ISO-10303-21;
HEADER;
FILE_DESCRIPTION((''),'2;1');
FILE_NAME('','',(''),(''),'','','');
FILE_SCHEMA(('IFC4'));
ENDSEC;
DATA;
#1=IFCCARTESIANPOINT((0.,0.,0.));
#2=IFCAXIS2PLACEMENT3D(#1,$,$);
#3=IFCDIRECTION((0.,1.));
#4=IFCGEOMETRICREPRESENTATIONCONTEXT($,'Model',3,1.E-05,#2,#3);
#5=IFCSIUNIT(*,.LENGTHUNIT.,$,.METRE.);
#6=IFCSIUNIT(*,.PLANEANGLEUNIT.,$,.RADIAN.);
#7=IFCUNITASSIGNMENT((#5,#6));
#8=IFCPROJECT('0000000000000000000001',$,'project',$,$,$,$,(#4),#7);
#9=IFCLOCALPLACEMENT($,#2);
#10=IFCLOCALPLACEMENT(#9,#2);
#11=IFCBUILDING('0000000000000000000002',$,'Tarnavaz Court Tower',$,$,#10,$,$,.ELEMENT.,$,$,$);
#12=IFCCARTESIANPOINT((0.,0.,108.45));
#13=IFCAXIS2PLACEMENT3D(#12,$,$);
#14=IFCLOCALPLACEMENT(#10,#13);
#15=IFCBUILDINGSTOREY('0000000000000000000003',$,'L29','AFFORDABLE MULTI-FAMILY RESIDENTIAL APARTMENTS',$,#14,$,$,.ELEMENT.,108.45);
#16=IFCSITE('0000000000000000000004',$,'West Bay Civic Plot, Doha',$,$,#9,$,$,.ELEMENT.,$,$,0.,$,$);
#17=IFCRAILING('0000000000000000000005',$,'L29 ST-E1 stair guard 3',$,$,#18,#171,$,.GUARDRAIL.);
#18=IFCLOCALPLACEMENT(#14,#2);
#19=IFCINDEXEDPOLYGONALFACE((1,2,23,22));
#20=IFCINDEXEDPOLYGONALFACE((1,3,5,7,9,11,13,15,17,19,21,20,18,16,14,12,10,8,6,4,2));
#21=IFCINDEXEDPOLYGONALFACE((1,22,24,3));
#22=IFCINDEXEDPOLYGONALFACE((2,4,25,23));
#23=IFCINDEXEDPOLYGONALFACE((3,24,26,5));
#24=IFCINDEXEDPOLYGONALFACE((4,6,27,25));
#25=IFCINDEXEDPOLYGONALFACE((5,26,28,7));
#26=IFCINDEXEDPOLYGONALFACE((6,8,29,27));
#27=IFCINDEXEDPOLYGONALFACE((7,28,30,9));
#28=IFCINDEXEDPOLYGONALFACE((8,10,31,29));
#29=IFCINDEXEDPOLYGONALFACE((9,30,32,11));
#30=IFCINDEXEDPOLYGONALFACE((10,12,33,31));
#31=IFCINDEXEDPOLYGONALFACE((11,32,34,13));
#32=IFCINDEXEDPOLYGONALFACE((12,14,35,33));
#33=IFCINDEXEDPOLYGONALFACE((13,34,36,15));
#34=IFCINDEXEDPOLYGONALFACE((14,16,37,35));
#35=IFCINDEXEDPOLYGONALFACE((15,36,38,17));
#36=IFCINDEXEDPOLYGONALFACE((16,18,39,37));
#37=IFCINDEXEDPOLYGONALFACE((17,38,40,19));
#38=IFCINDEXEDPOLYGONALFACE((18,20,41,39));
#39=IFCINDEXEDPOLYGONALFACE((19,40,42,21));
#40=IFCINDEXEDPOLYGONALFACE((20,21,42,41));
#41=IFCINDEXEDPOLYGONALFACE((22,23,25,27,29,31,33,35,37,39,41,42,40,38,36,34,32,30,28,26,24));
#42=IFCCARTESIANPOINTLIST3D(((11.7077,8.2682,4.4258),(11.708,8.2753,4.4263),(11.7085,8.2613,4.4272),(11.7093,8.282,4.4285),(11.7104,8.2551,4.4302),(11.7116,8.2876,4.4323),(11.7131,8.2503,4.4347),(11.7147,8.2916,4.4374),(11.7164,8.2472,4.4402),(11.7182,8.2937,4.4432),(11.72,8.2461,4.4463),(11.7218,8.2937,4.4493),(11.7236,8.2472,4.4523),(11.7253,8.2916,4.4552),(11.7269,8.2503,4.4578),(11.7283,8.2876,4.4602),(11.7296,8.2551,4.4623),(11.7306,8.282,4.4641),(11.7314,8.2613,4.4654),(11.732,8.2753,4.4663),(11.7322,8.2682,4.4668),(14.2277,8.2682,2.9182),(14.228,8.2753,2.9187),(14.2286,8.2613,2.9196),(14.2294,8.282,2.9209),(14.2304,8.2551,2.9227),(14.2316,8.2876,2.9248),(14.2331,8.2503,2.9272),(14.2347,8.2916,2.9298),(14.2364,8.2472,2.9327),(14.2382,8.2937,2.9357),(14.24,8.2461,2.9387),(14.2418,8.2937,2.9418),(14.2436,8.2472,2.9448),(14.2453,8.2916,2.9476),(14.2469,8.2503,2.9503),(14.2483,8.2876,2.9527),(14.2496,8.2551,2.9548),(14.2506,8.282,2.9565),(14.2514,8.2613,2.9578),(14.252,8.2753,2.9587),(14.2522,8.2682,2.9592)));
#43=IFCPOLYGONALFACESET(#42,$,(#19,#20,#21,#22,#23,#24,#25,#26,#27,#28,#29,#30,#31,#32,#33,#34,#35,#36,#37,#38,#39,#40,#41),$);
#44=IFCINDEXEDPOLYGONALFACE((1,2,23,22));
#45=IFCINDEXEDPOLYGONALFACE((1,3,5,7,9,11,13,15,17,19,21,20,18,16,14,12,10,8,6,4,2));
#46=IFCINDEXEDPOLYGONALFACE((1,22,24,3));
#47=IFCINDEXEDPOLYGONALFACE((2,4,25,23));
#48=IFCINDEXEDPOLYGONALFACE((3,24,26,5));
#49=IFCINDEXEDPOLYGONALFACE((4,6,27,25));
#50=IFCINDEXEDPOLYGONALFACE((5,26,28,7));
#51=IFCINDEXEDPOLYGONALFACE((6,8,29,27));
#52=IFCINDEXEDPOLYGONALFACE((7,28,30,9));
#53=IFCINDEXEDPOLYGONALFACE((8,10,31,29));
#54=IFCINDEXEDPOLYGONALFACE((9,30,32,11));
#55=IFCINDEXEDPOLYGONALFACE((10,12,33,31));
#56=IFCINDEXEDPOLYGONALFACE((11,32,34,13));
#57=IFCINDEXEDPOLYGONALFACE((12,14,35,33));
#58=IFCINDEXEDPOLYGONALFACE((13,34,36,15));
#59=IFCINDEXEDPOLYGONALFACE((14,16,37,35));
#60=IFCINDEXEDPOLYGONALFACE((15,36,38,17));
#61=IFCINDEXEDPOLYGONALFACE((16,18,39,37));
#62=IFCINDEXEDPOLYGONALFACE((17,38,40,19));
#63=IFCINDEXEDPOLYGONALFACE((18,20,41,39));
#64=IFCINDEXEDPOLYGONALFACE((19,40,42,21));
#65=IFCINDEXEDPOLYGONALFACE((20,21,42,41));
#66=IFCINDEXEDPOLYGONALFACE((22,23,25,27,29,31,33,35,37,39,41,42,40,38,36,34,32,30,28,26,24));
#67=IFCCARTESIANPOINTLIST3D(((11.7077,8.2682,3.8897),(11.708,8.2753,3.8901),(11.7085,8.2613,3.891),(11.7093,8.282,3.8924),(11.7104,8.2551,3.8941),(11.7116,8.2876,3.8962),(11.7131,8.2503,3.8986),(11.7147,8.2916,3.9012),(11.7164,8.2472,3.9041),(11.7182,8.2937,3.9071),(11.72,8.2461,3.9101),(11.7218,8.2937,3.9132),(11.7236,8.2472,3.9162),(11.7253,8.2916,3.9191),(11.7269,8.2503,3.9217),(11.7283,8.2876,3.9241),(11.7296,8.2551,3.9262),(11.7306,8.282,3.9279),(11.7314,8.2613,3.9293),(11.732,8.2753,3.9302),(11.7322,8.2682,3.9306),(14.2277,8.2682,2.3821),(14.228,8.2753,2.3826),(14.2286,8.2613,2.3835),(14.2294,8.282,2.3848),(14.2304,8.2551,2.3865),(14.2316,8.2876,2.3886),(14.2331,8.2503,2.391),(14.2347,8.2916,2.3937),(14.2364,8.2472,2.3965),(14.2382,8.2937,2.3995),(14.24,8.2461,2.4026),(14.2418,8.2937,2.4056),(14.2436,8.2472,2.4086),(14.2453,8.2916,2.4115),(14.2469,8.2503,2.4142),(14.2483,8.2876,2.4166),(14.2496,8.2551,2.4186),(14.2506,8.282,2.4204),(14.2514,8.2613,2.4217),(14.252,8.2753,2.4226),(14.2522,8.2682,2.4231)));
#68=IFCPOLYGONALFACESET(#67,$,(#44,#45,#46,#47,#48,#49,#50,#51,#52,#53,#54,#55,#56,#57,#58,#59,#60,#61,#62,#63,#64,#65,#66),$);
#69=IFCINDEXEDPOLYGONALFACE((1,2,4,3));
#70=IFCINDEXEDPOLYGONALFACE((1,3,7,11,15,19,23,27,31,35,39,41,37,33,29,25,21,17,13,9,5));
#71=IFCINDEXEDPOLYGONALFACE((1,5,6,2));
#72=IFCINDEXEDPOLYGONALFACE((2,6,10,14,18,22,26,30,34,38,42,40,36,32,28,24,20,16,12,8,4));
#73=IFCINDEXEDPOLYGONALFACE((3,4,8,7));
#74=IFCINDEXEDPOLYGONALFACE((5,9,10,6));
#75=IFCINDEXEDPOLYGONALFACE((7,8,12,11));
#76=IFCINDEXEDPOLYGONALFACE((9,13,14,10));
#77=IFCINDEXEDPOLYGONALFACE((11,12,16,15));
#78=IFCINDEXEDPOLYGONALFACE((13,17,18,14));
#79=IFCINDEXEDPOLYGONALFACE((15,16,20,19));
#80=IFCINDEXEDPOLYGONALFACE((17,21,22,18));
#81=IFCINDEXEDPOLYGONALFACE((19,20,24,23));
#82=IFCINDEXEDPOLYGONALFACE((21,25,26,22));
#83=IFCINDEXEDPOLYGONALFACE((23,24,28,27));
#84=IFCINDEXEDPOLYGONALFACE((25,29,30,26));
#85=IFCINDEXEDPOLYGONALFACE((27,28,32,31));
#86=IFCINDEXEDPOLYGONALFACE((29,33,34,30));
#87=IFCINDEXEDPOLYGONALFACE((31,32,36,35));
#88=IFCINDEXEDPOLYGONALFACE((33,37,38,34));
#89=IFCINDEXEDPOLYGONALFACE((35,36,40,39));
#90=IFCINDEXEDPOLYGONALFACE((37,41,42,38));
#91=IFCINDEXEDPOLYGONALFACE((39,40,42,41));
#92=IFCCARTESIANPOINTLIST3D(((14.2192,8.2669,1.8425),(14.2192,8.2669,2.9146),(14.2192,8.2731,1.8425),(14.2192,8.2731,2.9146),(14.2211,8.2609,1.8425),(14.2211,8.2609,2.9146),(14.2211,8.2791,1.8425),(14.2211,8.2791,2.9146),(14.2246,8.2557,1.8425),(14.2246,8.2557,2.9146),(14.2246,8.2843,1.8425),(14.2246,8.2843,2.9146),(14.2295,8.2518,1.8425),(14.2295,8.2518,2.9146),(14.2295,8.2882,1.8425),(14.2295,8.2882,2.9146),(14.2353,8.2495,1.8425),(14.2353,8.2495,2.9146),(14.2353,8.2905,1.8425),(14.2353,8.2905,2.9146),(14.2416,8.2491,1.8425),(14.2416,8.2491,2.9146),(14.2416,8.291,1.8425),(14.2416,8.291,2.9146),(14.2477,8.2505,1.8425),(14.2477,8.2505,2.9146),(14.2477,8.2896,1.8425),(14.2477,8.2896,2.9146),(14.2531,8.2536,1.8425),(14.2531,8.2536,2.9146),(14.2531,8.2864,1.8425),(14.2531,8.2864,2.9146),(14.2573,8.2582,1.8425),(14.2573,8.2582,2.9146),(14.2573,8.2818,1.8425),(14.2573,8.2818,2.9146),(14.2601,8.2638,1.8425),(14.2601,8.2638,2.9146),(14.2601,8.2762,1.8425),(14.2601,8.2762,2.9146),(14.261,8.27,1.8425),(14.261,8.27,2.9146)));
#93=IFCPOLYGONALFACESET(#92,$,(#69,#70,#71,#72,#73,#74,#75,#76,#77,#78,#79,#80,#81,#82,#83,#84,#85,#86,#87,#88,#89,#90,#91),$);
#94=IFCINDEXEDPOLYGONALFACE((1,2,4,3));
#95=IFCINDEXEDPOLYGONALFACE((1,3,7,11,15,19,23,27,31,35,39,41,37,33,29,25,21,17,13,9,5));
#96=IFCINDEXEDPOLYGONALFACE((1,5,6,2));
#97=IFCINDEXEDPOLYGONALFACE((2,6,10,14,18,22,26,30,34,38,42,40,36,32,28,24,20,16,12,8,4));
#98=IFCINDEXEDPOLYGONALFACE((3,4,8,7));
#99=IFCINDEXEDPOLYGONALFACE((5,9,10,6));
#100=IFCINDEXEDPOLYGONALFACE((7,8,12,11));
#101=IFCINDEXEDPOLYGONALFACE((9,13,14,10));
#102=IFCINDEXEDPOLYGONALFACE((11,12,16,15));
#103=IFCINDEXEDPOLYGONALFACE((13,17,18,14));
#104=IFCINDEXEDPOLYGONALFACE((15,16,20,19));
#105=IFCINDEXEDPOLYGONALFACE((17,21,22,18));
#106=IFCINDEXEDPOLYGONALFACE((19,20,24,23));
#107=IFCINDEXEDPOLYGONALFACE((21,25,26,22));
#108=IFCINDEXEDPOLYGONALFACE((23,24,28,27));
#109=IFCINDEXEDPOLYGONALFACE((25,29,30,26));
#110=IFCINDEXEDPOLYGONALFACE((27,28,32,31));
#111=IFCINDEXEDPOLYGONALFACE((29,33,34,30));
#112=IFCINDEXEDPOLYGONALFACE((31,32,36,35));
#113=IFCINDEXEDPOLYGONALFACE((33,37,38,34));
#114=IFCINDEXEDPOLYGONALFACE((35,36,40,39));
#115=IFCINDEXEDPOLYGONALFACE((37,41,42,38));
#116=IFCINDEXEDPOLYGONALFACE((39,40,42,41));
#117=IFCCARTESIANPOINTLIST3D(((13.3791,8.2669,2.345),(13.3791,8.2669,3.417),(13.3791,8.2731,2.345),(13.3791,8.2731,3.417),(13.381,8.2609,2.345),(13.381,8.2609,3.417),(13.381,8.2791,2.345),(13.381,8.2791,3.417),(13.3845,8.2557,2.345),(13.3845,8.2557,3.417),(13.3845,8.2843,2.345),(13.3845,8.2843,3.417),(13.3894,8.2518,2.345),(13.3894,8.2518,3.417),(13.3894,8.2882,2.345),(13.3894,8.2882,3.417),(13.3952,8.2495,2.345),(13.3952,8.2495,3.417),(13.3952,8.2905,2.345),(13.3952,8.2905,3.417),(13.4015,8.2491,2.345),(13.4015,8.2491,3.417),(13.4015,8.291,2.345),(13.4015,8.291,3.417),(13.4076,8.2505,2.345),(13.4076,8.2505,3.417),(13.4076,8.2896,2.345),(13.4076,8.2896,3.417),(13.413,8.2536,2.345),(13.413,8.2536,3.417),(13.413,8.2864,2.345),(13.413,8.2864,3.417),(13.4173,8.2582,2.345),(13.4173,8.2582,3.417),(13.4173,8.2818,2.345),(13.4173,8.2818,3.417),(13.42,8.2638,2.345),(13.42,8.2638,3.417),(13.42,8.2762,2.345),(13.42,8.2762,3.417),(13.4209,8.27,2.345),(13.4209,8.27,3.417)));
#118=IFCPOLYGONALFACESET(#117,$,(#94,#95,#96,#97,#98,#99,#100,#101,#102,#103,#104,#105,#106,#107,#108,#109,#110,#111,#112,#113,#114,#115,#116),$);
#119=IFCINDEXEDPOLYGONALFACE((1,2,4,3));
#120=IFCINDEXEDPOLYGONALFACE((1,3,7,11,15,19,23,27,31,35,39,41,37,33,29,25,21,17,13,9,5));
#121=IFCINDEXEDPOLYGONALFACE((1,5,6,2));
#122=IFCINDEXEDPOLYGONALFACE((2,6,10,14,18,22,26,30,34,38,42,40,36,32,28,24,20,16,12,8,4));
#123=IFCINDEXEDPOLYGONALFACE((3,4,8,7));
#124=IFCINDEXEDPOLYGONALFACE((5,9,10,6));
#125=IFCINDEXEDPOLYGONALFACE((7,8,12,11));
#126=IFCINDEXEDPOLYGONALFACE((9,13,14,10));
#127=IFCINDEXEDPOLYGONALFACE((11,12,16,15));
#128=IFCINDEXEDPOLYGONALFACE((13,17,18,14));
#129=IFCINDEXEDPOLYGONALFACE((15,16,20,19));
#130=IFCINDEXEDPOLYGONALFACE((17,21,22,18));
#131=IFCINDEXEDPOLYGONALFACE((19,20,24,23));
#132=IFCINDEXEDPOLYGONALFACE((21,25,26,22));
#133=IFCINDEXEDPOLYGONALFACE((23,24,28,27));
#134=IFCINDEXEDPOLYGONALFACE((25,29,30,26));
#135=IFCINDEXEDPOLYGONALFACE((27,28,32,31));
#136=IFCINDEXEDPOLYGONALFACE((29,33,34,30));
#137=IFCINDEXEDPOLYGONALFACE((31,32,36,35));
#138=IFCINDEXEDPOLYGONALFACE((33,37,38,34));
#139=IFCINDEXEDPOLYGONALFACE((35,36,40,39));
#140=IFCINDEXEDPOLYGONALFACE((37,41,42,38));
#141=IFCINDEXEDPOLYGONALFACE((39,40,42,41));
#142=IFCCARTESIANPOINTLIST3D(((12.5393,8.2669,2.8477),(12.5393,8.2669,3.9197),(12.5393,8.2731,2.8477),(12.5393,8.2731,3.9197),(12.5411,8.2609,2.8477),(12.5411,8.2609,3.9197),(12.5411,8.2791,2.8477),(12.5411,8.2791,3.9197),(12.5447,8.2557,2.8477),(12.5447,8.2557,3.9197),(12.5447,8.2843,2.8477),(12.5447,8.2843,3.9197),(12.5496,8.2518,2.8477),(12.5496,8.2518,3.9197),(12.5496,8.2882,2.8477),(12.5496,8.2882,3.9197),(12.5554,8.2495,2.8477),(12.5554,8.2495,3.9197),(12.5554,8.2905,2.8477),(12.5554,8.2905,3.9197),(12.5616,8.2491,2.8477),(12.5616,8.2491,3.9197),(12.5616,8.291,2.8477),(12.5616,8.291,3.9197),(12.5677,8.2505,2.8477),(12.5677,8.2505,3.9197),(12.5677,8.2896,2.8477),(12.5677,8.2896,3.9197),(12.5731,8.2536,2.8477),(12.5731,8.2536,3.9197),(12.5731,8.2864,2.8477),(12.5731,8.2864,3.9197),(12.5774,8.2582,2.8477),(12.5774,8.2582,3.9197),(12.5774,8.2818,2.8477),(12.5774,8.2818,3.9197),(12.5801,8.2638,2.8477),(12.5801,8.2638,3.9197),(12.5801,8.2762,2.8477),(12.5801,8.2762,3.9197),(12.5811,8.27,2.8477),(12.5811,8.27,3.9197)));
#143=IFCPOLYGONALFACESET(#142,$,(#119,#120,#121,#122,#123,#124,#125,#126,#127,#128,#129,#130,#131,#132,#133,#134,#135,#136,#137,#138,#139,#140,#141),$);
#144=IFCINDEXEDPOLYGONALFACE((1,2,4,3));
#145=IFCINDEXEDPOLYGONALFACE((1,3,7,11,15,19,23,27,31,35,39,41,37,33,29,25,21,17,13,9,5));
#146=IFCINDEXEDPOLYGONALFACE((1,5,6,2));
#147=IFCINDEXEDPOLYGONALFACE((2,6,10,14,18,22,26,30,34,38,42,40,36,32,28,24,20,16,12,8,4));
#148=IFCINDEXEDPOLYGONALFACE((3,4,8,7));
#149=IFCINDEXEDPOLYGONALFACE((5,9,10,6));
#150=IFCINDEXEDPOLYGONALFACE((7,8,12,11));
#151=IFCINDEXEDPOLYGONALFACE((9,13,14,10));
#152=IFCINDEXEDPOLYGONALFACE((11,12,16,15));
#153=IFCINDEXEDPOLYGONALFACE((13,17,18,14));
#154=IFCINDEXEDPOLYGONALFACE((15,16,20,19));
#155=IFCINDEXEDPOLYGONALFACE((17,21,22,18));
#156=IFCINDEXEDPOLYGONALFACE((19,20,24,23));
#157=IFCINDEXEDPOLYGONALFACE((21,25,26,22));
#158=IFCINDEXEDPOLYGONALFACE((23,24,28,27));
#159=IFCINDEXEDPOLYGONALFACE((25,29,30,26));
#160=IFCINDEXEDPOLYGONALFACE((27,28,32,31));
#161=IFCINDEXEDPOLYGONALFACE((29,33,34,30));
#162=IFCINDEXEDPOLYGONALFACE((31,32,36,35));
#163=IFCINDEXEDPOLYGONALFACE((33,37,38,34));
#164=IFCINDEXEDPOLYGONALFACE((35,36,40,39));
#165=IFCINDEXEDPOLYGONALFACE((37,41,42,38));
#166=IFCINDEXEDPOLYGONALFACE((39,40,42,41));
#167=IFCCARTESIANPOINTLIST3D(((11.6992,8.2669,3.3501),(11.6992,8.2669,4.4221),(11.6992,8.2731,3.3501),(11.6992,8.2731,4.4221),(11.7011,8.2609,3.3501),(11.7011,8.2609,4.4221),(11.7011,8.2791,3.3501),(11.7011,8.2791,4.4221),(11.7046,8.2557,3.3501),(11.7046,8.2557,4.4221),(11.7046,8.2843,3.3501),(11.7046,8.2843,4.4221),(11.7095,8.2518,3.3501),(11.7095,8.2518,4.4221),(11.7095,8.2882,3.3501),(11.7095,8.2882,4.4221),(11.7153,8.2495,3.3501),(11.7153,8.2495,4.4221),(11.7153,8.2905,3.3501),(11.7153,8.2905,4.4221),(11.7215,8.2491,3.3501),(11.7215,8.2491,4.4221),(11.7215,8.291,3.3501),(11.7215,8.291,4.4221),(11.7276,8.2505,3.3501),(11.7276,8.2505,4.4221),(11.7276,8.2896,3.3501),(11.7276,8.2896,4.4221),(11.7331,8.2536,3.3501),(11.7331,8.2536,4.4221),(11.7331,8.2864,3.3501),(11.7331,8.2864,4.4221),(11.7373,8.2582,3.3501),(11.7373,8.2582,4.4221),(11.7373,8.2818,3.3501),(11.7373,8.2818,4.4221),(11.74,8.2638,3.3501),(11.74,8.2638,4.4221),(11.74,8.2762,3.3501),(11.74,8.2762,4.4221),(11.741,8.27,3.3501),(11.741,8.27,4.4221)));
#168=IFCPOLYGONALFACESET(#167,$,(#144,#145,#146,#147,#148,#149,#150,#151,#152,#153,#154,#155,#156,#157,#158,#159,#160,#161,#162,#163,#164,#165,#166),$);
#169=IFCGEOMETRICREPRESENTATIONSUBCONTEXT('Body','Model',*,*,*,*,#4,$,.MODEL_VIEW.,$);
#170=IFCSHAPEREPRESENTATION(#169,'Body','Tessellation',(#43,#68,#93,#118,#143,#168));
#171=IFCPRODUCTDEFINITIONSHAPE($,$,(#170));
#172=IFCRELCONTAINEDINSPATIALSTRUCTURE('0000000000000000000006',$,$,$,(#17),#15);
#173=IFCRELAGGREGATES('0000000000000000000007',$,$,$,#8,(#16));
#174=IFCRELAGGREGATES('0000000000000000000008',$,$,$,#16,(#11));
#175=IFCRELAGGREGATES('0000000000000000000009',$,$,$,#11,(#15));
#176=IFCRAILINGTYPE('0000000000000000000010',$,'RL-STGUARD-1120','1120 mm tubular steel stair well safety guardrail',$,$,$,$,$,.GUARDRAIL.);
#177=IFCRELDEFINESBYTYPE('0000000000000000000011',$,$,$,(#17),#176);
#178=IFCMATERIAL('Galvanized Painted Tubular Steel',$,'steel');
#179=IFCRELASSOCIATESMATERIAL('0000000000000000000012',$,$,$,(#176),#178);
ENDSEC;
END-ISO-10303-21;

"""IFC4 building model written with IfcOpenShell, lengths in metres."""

from ifc_helpers import new_model, si_unit, direction, frame, origin, origin_2d, place, context, subcontext, project, spatial, circle, extrude, material, type_object, element, save


model = new_model("IFC4")

# Units and contexts
model_context = context("Model", 3, precision=1e-05, world=origin(), true_north=direction((0.0, 1.0)))
body_context = subcontext(model_context, "Body", "Model", "MODEL_VIEW")
ifc_project = project(units=[si_unit("LENGTHUNIT", "METRE"), si_unit("PLANEANGLEUNIT", "RADIAN")], contexts=[model_context])

# Site, building, storey
site_placement = place(None, origin())
site = spatial("IfcSite", under=ifc_project, at=site_placement, Name="West Bay Civic Plot, Doha", CompositionType="ELEMENT", RefElevation=0.0)
building_placement = place(site_placement, origin())
building = spatial("IfcBuilding", under=site, at=building_placement, Name="Tarnavaz Court Tower", CompositionType="ELEMENT")
storey_placement = place(building_placement, frame((0.0, 0.0, 108.45)))
storey = spatial("IfcBuildingStorey", under=building, at=storey_placement, Name="L29", Description="AFFORDABLE MULTI-FAMILY RESIDENTIAL APARTMENTS", CompositionType="ELEMENT", Elevation=108.45)

# Railing
ifc_material_1 = material(Name="Galvanized Painted Tubular Steel", Category="steel")
railing_type_1 = type_object("IfcRailingType", Name="RL-STGUARD-1120", Description="1120 mm tubular steel stair well safety guardrail", PredefinedType="GUARDRAIL", material=ifc_material_1)
railing_1_placement = place(storey_placement, frame((14.24, 8.27, 1.8425)))
element("IfcRailing", 1, at=railing_1_placement, inside=storey, type_object=railing_type_1, Name="L29 ST-E1 stair guard 3", PredefinedType="GUARDRAIL", context=body_context, shape_type="SweptSolid", body=[
    extrude(circle(Radius=0.0239, at=origin_2d()), frame((0.0, 0.0, 1.0962), z_axis=(-0.85816, 0.0, 0.513383), x_axis=(0.0, -1.0, 0.0)), (0.0, 0.0, 1.0), 2.9365),
    extrude(circle(Radius=0.0239, at=origin_2d()), frame((0.0, 0.0, 0.5601), z_axis=(-0.85816, 0.0, 0.513383), x_axis=(0.0, -1.0, 0.0)), (0.0, 0.0, 1.0), 2.9365),
    extrude(circle(Radius=0.021, at=origin_2d()), origin(), (0.0, 0.0, 1.0), 1.072),
    extrude(circle(Radius=0.021, at=origin_2d()), frame((-0.8401, 0.0, 0.5024)), (0.0, 0.0, 1.0), 1.072),
    extrude(circle(Radius=0.021, at=origin_2d()), frame((-1.6799, 0.0, 1.0051)), (0.0, 0.0, 1.0), 1.072),
    extrude(circle(Radius=0.021, at=origin_2d()), frame((-2.52, 0.0, 1.5076)), (0.0, 0.0, 1.0), 1.072),
])

save(model, "model.ifc")
